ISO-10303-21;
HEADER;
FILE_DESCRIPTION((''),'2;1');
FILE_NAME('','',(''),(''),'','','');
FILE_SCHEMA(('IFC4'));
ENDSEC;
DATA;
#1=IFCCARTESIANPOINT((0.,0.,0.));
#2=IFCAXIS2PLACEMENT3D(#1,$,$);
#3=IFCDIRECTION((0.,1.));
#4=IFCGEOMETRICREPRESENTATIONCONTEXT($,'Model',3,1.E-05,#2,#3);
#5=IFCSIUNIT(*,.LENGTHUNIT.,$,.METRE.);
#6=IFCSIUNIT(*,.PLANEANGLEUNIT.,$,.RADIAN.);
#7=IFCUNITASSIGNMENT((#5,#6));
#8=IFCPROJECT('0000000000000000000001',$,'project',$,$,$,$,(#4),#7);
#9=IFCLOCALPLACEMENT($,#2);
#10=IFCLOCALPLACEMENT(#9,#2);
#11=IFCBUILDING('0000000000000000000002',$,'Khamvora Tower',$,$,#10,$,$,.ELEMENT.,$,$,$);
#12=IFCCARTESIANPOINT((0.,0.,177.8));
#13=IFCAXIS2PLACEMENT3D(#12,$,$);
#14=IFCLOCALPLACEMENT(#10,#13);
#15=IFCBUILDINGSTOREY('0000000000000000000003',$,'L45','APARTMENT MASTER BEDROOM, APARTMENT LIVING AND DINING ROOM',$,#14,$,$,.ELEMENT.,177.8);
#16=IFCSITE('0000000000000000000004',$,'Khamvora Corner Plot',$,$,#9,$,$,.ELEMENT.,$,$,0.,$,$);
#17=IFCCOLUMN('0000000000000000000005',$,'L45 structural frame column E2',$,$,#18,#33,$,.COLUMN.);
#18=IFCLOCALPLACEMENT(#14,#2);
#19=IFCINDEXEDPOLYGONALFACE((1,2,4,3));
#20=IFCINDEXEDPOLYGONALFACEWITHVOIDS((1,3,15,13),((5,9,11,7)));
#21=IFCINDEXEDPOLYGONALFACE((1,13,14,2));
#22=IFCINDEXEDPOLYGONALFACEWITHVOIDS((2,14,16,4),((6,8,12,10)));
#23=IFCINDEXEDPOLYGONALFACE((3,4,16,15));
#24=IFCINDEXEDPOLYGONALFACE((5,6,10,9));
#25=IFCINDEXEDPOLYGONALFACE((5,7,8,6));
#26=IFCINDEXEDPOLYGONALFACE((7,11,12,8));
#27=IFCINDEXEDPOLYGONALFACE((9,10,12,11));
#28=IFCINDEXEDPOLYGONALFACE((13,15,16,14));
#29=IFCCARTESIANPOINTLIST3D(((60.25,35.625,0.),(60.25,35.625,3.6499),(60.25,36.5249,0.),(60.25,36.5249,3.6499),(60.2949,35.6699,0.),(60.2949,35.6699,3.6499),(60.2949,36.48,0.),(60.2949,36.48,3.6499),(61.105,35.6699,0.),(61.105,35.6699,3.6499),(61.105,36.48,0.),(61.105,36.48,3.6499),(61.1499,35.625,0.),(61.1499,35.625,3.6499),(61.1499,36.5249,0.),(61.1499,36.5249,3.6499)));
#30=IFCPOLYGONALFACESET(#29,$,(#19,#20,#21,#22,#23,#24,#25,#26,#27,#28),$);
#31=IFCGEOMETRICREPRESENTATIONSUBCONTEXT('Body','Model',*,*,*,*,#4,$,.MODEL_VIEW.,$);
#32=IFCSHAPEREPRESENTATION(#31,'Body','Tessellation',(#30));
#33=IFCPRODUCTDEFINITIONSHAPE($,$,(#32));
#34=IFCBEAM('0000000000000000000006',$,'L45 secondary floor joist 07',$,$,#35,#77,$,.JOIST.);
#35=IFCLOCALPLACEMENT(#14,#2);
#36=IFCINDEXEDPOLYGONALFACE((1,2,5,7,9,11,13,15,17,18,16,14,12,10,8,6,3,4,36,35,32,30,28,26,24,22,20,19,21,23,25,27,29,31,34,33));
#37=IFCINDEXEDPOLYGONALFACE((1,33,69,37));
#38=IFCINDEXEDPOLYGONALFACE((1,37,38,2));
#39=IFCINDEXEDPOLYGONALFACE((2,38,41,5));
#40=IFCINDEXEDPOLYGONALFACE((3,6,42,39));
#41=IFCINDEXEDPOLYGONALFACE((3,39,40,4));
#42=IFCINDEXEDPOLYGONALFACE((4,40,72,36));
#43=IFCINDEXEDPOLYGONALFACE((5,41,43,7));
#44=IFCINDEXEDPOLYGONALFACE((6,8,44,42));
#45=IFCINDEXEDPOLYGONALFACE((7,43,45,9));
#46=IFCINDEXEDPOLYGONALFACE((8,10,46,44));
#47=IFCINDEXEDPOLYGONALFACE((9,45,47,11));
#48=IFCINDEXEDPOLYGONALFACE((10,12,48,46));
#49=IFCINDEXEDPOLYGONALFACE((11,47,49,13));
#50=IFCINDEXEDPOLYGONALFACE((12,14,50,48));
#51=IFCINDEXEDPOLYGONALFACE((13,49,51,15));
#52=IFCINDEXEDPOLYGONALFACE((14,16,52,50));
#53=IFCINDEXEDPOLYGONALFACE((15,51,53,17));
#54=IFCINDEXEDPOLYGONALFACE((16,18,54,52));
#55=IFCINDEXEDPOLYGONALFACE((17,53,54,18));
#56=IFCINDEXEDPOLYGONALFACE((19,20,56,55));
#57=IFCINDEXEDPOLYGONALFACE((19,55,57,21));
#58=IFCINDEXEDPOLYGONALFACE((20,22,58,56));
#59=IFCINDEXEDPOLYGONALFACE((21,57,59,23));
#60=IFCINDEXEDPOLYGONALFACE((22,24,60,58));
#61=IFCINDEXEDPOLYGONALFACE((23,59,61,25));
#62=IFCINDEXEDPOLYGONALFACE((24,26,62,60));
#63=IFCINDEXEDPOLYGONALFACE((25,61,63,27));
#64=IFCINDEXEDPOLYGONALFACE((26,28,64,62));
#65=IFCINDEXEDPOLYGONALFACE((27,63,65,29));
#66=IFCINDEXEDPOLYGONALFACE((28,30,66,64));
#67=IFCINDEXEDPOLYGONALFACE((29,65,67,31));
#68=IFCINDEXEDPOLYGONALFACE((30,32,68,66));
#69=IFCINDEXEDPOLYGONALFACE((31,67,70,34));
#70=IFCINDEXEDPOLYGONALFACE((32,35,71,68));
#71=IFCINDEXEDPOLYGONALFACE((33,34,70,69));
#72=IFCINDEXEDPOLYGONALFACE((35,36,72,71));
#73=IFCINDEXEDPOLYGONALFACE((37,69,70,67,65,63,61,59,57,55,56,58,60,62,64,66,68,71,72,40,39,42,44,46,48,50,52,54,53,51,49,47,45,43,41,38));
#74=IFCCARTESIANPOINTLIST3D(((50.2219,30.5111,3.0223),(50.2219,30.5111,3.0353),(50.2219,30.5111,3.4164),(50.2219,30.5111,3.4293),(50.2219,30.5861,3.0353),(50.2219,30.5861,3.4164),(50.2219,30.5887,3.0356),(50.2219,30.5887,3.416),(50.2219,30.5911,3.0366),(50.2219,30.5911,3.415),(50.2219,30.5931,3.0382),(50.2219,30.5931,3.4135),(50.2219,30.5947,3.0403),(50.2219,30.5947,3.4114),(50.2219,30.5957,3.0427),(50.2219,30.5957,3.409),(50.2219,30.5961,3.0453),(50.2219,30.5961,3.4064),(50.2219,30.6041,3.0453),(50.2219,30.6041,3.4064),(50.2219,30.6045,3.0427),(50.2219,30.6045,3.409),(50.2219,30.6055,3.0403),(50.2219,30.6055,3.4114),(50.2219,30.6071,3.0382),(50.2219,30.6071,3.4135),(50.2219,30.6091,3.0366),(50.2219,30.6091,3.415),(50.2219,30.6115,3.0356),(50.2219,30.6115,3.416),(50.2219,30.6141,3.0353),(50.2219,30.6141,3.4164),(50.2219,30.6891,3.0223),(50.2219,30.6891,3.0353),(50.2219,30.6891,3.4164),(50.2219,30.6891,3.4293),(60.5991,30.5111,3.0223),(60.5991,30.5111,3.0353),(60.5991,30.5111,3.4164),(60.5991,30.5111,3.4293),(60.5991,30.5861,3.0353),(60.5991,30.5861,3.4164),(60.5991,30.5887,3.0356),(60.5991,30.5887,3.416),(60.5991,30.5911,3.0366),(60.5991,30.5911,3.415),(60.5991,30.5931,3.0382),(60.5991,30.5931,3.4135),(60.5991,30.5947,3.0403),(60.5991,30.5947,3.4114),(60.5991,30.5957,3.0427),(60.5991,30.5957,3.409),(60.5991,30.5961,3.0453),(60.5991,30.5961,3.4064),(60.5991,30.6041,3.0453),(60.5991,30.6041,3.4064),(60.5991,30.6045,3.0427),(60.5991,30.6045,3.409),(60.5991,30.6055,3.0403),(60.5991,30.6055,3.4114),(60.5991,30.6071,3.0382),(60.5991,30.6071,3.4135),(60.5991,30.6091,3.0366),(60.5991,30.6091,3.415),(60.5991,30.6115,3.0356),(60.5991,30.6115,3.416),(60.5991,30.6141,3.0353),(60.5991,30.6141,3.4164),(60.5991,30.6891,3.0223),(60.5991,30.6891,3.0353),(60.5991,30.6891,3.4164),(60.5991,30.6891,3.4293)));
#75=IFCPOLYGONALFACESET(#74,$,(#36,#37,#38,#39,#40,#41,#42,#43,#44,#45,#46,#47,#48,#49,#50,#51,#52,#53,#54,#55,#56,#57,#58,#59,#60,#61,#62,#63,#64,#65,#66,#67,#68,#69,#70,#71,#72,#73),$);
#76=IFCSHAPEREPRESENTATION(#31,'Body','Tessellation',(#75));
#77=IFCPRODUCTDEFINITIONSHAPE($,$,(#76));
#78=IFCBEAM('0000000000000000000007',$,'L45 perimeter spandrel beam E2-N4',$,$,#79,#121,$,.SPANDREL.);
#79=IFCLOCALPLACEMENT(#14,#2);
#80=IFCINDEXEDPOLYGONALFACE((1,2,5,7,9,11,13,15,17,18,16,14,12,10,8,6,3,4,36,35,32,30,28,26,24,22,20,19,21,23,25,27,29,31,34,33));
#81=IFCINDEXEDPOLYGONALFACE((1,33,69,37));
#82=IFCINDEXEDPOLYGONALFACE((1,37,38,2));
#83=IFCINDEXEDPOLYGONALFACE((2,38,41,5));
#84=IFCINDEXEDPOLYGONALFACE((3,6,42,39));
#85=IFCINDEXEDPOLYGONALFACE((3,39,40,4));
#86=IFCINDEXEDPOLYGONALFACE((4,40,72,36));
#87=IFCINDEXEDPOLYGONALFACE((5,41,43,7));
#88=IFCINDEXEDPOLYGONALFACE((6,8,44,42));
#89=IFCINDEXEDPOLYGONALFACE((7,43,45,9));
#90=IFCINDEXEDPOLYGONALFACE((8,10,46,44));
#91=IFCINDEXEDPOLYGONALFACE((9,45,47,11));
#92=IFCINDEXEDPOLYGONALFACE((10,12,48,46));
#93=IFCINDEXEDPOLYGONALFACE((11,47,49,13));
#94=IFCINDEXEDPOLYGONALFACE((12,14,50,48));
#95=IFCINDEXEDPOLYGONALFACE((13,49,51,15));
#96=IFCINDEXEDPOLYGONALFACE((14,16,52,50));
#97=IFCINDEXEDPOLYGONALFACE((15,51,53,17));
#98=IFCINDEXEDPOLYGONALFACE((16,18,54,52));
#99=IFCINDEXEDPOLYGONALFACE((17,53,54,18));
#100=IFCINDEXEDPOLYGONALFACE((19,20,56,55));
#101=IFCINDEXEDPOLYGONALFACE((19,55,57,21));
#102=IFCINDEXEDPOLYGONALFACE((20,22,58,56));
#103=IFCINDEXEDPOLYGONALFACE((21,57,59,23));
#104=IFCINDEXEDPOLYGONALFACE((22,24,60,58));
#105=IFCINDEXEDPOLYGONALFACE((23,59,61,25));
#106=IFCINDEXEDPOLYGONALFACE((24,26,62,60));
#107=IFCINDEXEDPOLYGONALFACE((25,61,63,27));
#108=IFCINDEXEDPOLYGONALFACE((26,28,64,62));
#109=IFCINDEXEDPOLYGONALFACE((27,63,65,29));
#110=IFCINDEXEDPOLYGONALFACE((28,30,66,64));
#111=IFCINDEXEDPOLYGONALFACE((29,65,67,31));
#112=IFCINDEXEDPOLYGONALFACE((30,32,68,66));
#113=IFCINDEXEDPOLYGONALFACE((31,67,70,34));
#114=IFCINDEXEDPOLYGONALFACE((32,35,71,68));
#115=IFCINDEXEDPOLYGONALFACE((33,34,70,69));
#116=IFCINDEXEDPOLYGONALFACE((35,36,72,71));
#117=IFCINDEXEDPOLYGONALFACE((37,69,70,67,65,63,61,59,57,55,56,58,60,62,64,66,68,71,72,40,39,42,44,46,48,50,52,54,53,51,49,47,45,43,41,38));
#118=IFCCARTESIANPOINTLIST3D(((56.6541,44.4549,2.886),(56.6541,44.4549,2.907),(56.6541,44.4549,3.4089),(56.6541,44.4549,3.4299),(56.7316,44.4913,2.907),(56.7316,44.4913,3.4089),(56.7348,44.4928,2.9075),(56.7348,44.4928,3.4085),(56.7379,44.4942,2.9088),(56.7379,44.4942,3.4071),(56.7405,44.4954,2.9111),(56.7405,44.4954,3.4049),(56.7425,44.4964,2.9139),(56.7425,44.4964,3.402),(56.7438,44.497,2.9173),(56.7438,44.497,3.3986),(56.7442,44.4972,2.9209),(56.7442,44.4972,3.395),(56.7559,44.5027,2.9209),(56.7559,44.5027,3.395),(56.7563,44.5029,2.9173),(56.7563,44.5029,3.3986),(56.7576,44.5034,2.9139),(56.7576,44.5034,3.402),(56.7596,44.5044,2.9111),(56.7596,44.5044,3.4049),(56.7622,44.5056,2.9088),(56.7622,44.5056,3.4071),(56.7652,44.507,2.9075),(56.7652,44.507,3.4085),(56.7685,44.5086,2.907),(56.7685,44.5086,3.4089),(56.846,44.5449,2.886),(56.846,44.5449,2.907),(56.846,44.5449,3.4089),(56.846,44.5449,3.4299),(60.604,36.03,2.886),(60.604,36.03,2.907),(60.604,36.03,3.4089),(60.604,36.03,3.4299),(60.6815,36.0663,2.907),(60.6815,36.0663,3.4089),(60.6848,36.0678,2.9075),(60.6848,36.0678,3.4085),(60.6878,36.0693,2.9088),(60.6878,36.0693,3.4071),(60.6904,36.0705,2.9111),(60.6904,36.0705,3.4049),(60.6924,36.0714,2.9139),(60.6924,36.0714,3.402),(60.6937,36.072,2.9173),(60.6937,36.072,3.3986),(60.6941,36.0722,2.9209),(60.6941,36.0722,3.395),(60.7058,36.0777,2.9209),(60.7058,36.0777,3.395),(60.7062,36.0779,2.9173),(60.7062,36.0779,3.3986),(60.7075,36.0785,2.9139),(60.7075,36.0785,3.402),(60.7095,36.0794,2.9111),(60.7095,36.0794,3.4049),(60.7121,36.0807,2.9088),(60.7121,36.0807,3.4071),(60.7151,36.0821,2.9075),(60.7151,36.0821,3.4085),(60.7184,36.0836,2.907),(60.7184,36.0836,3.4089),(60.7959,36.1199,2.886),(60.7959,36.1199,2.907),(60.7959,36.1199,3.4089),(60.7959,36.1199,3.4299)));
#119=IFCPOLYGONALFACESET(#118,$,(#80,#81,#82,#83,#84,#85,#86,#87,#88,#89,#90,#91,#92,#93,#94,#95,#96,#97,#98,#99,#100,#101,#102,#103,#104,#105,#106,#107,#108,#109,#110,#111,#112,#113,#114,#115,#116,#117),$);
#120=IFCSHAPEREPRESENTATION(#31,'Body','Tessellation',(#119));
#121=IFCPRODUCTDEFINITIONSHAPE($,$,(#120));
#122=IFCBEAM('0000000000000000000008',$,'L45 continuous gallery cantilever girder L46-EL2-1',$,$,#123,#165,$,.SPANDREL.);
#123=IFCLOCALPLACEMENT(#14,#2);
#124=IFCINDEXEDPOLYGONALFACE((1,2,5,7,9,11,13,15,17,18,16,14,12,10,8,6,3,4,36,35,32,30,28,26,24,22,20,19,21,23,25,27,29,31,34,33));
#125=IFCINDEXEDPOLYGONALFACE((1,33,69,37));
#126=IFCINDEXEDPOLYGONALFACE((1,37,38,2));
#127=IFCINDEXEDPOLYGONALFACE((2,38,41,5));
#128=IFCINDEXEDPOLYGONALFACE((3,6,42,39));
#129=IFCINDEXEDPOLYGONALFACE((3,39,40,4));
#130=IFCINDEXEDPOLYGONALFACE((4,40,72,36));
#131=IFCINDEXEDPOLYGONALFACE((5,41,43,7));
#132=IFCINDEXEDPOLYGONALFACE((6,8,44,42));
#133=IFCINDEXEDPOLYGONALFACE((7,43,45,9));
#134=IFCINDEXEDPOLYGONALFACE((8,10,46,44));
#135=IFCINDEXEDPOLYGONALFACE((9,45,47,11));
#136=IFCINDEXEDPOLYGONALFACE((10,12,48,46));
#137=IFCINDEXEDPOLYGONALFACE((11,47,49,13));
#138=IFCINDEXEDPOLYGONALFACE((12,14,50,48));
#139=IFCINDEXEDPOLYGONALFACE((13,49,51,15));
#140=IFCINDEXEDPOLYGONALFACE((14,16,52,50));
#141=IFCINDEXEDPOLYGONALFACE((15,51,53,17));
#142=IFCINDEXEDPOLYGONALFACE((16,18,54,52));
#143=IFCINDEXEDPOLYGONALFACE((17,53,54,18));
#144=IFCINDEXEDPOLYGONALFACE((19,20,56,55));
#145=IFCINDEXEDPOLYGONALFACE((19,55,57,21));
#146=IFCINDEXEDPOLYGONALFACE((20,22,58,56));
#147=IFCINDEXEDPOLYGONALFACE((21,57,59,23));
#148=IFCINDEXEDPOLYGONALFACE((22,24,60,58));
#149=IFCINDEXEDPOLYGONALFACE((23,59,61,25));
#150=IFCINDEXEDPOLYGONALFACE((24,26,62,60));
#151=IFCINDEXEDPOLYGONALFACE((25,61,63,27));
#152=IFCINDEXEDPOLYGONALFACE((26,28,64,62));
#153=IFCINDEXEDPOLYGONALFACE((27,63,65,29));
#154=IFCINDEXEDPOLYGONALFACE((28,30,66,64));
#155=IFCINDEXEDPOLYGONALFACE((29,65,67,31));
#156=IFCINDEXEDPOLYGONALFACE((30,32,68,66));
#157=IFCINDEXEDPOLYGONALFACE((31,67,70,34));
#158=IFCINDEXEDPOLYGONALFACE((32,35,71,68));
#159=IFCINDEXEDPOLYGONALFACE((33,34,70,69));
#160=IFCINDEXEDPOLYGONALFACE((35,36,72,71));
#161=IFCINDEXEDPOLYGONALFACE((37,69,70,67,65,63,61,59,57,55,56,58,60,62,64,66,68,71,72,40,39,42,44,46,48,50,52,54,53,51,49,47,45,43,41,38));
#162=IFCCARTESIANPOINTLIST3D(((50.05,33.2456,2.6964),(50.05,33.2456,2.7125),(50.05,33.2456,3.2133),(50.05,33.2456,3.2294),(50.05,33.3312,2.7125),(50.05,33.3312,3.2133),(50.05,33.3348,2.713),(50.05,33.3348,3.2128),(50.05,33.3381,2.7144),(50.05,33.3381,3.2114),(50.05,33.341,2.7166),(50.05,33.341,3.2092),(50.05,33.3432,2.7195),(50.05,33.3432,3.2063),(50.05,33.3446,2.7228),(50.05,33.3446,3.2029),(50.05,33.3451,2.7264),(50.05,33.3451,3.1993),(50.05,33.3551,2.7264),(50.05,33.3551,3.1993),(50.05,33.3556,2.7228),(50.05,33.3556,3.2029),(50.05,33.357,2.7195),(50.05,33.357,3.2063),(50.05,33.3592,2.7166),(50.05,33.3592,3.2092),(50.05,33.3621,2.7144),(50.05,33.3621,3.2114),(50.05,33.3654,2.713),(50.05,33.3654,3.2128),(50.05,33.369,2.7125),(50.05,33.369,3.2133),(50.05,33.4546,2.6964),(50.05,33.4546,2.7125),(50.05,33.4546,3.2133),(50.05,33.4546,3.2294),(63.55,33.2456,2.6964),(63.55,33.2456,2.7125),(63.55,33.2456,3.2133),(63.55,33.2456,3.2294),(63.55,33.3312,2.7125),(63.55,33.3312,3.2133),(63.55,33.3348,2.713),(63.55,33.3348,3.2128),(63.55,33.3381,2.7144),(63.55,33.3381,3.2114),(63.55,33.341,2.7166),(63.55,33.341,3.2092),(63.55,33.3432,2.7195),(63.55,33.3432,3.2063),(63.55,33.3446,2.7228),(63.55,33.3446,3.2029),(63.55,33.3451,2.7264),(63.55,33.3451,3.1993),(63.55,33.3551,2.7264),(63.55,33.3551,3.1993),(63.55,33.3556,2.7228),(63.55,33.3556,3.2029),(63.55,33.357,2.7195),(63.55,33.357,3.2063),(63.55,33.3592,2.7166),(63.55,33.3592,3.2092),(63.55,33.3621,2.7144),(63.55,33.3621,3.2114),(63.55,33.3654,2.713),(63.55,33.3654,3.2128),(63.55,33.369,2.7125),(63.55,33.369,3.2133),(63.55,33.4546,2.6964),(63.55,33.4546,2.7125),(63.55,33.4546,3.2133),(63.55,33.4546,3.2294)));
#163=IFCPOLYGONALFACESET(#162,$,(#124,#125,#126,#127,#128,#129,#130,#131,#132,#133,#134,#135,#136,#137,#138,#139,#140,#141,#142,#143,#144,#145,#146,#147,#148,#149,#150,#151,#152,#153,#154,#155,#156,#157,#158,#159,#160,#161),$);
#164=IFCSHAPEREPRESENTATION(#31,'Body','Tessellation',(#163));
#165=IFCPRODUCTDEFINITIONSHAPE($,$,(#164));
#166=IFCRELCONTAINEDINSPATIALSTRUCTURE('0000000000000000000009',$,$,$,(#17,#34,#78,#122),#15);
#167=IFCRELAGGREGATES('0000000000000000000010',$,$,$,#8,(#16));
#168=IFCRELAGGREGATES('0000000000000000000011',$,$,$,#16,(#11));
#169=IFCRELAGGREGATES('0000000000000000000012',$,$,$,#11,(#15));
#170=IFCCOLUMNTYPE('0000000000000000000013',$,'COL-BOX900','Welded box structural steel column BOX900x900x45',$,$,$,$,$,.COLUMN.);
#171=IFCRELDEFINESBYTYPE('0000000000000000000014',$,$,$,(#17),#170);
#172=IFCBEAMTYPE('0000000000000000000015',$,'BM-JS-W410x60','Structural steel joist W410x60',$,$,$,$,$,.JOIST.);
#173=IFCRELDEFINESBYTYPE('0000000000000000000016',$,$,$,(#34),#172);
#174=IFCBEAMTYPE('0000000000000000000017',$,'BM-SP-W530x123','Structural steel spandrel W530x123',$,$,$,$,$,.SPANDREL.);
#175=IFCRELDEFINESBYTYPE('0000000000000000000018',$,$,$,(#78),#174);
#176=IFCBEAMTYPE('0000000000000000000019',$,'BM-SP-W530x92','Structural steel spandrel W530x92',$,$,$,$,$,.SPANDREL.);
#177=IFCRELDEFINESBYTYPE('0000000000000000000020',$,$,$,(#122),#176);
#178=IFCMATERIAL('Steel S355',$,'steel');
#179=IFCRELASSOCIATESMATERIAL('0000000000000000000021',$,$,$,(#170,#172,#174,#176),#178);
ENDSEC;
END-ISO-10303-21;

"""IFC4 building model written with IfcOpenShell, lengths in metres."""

from ifc_helpers import new_model, si_unit, direction, frame, origin, origin_2d, place, context, subcontext, project, spatial, hollow_rectangle, i_section, extrude, material, material_profile, profile_set, type_object, element, save


model = new_model("IFC4")

# Units and contexts
model_context = context("Model", 3, precision=1e-05, world=origin(), true_north=direction((0.0, 1.0)))
body_context = subcontext(model_context, "Body", "Model", "MODEL_VIEW")
ifc_project = project(units=[si_unit("LENGTHUNIT", "METRE"), si_unit("PLANEANGLEUNIT", "RADIAN")], contexts=[model_context])

# Site, building, storey
site_placement = place(None, origin())
site = spatial("IfcSite", under=ifc_project, at=site_placement, Name="Khamvora Corner Plot", CompositionType="ELEMENT", RefElevation=0.0)
building_placement = place(site_placement, origin())
building = spatial("IfcBuilding", under=site, at=building_placement, Name="Khamvora Tower", CompositionType="ELEMENT")
storey_placement = place(building_placement, frame((0.0, 0.0, 177.8)))
storey = spatial("IfcBuildingStorey", under=building, at=storey_placement, Name="L45", Description="APARTMENT MASTER BEDROOM, APARTMENT LIVING AND DINING ROOM", CompositionType="ELEMENT", Elevation=177.8)

# Column
ifc_material_1 = material(Name="Steel S355", Category="steel")
ifc_material_profile_1 = material_profile(ifc_material_1, hollow_rectangle(XDim=0.8999, YDim=0.8999, WallThickness=0.0449, at=origin_2d()), Name="BOX900x900x45")
ifc_profile_set_1 = profile_set([ifc_material_profile_1], Name="Steel S355")
column_type = type_object("IfcColumnType", Name="COL-BOX900", Description="Welded box structural steel column BOX900x900x45", PredefinedType="COLUMN", material=ifc_profile_set_1)
column_placement = place(storey_placement, frame((60.7, 36.075, 0.0), z_axis=(0.0, 0.0, 1.0), x_axis=(1.0, 0.0, 0.0)))
element("IfcColumn", 1, at=column_placement, inside=storey, type_object=column_type, Name="L45 structural frame column E2", PredefinedType="COLUMN", context=body_context, shape_type="SweptSolid", body=[
    extrude(hollow_rectangle(XDim=0.8999, YDim=0.8999, WallThickness=0.0449, at=origin_2d()), origin(), (0.0, 0.0, 1.0), 3.6499),
])

# Beams
ifc_material_profile_2 = material_profile(ifc_material_1, i_section(OverallWidth=0.178, OverallDepth=0.407, WebThickness=0.0081, FlangeThickness=0.0129, FilletRadius=0.01, at=origin_2d()), Name="W410x60")
ifc_profile_set_2 = profile_set([ifc_material_profile_2], Name="Steel S355")
beam_type_1 = type_object("IfcBeamType", Name="BM-JS-W410x60", Description="Structural steel joist W410x60", PredefinedType="JOIST", material=ifc_profile_set_2)
beam_1_placement = place(storey_placement, frame((50.2219, 30.6001, 3.2258), z_axis=(1.0, 0.0, 0.0), x_axis=(0.0, 1.0, 0.0)))
element("IfcBeam", 2, at=beam_1_placement, inside=storey, type_object=beam_type_1, Name="L45 secondary floor joist 07", PredefinedType="JOIST", context=body_context, shape_type="SweptSolid", body=[
    extrude(i_section(OverallWidth=0.178, OverallDepth=0.407, WebThickness=0.0081, FlangeThickness=0.0129, FilletRadius=0.01, at=origin_2d()), origin(), (0.0, 0.0, 1.0), 10.3772),
])
ifc_material_profile_3 = material_profile(ifc_material_1, i_section(OverallWidth=0.2119, OverallDepth=0.5439, WebThickness=0.0129, FlangeThickness=0.021, FilletRadius=0.0139, at=origin_2d()), Name="W530x123")
ifc_profile_set_3 = profile_set([ifc_material_profile_3], Name="Steel S355")
beam_type_2 = type_object("IfcBeamType", Name="BM-SP-W530x123", Description="Structural steel spandrel W530x123", PredefinedType="SPANDREL", material=ifc_profile_set_3)
beam_2_placement = place(storey_placement, frame((60.7, 36.075, 3.158), z_axis=(-0.424496, 0.90543, 0.0), x_axis=(-0.90543, -0.424496, 0.0)))
element("IfcBeam", 3, at=beam_2_placement, inside=storey, type_object=beam_type_2, Name="L45 perimeter spandrel beam E2-N4", PredefinedType="SPANDREL", context=body_context, shape_type="SweptSolid", body=[
    extrude(i_section(OverallWidth=0.2119, OverallDepth=0.5439, WebThickness=0.0129, FlangeThickness=0.021, FilletRadius=0.0139, at=origin_2d()), origin(), (0.0, 0.0, 1.0), 9.3049),
])
ifc_material_profile_4 = material_profile(ifc_material_1, i_section(OverallWidth=0.209, OverallDepth=0.533, WebThickness=0.01, FlangeThickness=0.0161, FilletRadius=0.0139, at=origin_2d()), Name="W530x92")
ifc_profile_set_4 = profile_set([ifc_material_profile_4], Name="Steel S355")
beam_type_3 = type_object("IfcBeamType", Name="BM-SP-W530x92", Description="Structural steel spandrel W530x92", PredefinedType="SPANDREL", material=ifc_profile_set_4)
for number, where, z_axis, x_axis, name in (
    (4, (50.05, 33.3501, 2.9629), (1.0, 0.0, 0.0), (0.0, 1.0, 0.0), "L45 continuous gallery cantilever girder L46-EL2-1"),
):
    element("IfcBeam", number, at=place(storey_placement, frame(where, z_axis=z_axis, x_axis=x_axis)), inside=storey, type_object=beam_type_3, Name=name, PredefinedType="SPANDREL", context=body_context, shape_type="SweptSolid", body=[
        extrude(i_section(OverallWidth=0.209, OverallDepth=0.533, WebThickness=0.01, FlangeThickness=0.0161, FilletRadius=0.0139, at=origin_2d()), origin(), (0.0, 0.0, 1.0), 13.5),
    ])

save(model, "model.ifc")
